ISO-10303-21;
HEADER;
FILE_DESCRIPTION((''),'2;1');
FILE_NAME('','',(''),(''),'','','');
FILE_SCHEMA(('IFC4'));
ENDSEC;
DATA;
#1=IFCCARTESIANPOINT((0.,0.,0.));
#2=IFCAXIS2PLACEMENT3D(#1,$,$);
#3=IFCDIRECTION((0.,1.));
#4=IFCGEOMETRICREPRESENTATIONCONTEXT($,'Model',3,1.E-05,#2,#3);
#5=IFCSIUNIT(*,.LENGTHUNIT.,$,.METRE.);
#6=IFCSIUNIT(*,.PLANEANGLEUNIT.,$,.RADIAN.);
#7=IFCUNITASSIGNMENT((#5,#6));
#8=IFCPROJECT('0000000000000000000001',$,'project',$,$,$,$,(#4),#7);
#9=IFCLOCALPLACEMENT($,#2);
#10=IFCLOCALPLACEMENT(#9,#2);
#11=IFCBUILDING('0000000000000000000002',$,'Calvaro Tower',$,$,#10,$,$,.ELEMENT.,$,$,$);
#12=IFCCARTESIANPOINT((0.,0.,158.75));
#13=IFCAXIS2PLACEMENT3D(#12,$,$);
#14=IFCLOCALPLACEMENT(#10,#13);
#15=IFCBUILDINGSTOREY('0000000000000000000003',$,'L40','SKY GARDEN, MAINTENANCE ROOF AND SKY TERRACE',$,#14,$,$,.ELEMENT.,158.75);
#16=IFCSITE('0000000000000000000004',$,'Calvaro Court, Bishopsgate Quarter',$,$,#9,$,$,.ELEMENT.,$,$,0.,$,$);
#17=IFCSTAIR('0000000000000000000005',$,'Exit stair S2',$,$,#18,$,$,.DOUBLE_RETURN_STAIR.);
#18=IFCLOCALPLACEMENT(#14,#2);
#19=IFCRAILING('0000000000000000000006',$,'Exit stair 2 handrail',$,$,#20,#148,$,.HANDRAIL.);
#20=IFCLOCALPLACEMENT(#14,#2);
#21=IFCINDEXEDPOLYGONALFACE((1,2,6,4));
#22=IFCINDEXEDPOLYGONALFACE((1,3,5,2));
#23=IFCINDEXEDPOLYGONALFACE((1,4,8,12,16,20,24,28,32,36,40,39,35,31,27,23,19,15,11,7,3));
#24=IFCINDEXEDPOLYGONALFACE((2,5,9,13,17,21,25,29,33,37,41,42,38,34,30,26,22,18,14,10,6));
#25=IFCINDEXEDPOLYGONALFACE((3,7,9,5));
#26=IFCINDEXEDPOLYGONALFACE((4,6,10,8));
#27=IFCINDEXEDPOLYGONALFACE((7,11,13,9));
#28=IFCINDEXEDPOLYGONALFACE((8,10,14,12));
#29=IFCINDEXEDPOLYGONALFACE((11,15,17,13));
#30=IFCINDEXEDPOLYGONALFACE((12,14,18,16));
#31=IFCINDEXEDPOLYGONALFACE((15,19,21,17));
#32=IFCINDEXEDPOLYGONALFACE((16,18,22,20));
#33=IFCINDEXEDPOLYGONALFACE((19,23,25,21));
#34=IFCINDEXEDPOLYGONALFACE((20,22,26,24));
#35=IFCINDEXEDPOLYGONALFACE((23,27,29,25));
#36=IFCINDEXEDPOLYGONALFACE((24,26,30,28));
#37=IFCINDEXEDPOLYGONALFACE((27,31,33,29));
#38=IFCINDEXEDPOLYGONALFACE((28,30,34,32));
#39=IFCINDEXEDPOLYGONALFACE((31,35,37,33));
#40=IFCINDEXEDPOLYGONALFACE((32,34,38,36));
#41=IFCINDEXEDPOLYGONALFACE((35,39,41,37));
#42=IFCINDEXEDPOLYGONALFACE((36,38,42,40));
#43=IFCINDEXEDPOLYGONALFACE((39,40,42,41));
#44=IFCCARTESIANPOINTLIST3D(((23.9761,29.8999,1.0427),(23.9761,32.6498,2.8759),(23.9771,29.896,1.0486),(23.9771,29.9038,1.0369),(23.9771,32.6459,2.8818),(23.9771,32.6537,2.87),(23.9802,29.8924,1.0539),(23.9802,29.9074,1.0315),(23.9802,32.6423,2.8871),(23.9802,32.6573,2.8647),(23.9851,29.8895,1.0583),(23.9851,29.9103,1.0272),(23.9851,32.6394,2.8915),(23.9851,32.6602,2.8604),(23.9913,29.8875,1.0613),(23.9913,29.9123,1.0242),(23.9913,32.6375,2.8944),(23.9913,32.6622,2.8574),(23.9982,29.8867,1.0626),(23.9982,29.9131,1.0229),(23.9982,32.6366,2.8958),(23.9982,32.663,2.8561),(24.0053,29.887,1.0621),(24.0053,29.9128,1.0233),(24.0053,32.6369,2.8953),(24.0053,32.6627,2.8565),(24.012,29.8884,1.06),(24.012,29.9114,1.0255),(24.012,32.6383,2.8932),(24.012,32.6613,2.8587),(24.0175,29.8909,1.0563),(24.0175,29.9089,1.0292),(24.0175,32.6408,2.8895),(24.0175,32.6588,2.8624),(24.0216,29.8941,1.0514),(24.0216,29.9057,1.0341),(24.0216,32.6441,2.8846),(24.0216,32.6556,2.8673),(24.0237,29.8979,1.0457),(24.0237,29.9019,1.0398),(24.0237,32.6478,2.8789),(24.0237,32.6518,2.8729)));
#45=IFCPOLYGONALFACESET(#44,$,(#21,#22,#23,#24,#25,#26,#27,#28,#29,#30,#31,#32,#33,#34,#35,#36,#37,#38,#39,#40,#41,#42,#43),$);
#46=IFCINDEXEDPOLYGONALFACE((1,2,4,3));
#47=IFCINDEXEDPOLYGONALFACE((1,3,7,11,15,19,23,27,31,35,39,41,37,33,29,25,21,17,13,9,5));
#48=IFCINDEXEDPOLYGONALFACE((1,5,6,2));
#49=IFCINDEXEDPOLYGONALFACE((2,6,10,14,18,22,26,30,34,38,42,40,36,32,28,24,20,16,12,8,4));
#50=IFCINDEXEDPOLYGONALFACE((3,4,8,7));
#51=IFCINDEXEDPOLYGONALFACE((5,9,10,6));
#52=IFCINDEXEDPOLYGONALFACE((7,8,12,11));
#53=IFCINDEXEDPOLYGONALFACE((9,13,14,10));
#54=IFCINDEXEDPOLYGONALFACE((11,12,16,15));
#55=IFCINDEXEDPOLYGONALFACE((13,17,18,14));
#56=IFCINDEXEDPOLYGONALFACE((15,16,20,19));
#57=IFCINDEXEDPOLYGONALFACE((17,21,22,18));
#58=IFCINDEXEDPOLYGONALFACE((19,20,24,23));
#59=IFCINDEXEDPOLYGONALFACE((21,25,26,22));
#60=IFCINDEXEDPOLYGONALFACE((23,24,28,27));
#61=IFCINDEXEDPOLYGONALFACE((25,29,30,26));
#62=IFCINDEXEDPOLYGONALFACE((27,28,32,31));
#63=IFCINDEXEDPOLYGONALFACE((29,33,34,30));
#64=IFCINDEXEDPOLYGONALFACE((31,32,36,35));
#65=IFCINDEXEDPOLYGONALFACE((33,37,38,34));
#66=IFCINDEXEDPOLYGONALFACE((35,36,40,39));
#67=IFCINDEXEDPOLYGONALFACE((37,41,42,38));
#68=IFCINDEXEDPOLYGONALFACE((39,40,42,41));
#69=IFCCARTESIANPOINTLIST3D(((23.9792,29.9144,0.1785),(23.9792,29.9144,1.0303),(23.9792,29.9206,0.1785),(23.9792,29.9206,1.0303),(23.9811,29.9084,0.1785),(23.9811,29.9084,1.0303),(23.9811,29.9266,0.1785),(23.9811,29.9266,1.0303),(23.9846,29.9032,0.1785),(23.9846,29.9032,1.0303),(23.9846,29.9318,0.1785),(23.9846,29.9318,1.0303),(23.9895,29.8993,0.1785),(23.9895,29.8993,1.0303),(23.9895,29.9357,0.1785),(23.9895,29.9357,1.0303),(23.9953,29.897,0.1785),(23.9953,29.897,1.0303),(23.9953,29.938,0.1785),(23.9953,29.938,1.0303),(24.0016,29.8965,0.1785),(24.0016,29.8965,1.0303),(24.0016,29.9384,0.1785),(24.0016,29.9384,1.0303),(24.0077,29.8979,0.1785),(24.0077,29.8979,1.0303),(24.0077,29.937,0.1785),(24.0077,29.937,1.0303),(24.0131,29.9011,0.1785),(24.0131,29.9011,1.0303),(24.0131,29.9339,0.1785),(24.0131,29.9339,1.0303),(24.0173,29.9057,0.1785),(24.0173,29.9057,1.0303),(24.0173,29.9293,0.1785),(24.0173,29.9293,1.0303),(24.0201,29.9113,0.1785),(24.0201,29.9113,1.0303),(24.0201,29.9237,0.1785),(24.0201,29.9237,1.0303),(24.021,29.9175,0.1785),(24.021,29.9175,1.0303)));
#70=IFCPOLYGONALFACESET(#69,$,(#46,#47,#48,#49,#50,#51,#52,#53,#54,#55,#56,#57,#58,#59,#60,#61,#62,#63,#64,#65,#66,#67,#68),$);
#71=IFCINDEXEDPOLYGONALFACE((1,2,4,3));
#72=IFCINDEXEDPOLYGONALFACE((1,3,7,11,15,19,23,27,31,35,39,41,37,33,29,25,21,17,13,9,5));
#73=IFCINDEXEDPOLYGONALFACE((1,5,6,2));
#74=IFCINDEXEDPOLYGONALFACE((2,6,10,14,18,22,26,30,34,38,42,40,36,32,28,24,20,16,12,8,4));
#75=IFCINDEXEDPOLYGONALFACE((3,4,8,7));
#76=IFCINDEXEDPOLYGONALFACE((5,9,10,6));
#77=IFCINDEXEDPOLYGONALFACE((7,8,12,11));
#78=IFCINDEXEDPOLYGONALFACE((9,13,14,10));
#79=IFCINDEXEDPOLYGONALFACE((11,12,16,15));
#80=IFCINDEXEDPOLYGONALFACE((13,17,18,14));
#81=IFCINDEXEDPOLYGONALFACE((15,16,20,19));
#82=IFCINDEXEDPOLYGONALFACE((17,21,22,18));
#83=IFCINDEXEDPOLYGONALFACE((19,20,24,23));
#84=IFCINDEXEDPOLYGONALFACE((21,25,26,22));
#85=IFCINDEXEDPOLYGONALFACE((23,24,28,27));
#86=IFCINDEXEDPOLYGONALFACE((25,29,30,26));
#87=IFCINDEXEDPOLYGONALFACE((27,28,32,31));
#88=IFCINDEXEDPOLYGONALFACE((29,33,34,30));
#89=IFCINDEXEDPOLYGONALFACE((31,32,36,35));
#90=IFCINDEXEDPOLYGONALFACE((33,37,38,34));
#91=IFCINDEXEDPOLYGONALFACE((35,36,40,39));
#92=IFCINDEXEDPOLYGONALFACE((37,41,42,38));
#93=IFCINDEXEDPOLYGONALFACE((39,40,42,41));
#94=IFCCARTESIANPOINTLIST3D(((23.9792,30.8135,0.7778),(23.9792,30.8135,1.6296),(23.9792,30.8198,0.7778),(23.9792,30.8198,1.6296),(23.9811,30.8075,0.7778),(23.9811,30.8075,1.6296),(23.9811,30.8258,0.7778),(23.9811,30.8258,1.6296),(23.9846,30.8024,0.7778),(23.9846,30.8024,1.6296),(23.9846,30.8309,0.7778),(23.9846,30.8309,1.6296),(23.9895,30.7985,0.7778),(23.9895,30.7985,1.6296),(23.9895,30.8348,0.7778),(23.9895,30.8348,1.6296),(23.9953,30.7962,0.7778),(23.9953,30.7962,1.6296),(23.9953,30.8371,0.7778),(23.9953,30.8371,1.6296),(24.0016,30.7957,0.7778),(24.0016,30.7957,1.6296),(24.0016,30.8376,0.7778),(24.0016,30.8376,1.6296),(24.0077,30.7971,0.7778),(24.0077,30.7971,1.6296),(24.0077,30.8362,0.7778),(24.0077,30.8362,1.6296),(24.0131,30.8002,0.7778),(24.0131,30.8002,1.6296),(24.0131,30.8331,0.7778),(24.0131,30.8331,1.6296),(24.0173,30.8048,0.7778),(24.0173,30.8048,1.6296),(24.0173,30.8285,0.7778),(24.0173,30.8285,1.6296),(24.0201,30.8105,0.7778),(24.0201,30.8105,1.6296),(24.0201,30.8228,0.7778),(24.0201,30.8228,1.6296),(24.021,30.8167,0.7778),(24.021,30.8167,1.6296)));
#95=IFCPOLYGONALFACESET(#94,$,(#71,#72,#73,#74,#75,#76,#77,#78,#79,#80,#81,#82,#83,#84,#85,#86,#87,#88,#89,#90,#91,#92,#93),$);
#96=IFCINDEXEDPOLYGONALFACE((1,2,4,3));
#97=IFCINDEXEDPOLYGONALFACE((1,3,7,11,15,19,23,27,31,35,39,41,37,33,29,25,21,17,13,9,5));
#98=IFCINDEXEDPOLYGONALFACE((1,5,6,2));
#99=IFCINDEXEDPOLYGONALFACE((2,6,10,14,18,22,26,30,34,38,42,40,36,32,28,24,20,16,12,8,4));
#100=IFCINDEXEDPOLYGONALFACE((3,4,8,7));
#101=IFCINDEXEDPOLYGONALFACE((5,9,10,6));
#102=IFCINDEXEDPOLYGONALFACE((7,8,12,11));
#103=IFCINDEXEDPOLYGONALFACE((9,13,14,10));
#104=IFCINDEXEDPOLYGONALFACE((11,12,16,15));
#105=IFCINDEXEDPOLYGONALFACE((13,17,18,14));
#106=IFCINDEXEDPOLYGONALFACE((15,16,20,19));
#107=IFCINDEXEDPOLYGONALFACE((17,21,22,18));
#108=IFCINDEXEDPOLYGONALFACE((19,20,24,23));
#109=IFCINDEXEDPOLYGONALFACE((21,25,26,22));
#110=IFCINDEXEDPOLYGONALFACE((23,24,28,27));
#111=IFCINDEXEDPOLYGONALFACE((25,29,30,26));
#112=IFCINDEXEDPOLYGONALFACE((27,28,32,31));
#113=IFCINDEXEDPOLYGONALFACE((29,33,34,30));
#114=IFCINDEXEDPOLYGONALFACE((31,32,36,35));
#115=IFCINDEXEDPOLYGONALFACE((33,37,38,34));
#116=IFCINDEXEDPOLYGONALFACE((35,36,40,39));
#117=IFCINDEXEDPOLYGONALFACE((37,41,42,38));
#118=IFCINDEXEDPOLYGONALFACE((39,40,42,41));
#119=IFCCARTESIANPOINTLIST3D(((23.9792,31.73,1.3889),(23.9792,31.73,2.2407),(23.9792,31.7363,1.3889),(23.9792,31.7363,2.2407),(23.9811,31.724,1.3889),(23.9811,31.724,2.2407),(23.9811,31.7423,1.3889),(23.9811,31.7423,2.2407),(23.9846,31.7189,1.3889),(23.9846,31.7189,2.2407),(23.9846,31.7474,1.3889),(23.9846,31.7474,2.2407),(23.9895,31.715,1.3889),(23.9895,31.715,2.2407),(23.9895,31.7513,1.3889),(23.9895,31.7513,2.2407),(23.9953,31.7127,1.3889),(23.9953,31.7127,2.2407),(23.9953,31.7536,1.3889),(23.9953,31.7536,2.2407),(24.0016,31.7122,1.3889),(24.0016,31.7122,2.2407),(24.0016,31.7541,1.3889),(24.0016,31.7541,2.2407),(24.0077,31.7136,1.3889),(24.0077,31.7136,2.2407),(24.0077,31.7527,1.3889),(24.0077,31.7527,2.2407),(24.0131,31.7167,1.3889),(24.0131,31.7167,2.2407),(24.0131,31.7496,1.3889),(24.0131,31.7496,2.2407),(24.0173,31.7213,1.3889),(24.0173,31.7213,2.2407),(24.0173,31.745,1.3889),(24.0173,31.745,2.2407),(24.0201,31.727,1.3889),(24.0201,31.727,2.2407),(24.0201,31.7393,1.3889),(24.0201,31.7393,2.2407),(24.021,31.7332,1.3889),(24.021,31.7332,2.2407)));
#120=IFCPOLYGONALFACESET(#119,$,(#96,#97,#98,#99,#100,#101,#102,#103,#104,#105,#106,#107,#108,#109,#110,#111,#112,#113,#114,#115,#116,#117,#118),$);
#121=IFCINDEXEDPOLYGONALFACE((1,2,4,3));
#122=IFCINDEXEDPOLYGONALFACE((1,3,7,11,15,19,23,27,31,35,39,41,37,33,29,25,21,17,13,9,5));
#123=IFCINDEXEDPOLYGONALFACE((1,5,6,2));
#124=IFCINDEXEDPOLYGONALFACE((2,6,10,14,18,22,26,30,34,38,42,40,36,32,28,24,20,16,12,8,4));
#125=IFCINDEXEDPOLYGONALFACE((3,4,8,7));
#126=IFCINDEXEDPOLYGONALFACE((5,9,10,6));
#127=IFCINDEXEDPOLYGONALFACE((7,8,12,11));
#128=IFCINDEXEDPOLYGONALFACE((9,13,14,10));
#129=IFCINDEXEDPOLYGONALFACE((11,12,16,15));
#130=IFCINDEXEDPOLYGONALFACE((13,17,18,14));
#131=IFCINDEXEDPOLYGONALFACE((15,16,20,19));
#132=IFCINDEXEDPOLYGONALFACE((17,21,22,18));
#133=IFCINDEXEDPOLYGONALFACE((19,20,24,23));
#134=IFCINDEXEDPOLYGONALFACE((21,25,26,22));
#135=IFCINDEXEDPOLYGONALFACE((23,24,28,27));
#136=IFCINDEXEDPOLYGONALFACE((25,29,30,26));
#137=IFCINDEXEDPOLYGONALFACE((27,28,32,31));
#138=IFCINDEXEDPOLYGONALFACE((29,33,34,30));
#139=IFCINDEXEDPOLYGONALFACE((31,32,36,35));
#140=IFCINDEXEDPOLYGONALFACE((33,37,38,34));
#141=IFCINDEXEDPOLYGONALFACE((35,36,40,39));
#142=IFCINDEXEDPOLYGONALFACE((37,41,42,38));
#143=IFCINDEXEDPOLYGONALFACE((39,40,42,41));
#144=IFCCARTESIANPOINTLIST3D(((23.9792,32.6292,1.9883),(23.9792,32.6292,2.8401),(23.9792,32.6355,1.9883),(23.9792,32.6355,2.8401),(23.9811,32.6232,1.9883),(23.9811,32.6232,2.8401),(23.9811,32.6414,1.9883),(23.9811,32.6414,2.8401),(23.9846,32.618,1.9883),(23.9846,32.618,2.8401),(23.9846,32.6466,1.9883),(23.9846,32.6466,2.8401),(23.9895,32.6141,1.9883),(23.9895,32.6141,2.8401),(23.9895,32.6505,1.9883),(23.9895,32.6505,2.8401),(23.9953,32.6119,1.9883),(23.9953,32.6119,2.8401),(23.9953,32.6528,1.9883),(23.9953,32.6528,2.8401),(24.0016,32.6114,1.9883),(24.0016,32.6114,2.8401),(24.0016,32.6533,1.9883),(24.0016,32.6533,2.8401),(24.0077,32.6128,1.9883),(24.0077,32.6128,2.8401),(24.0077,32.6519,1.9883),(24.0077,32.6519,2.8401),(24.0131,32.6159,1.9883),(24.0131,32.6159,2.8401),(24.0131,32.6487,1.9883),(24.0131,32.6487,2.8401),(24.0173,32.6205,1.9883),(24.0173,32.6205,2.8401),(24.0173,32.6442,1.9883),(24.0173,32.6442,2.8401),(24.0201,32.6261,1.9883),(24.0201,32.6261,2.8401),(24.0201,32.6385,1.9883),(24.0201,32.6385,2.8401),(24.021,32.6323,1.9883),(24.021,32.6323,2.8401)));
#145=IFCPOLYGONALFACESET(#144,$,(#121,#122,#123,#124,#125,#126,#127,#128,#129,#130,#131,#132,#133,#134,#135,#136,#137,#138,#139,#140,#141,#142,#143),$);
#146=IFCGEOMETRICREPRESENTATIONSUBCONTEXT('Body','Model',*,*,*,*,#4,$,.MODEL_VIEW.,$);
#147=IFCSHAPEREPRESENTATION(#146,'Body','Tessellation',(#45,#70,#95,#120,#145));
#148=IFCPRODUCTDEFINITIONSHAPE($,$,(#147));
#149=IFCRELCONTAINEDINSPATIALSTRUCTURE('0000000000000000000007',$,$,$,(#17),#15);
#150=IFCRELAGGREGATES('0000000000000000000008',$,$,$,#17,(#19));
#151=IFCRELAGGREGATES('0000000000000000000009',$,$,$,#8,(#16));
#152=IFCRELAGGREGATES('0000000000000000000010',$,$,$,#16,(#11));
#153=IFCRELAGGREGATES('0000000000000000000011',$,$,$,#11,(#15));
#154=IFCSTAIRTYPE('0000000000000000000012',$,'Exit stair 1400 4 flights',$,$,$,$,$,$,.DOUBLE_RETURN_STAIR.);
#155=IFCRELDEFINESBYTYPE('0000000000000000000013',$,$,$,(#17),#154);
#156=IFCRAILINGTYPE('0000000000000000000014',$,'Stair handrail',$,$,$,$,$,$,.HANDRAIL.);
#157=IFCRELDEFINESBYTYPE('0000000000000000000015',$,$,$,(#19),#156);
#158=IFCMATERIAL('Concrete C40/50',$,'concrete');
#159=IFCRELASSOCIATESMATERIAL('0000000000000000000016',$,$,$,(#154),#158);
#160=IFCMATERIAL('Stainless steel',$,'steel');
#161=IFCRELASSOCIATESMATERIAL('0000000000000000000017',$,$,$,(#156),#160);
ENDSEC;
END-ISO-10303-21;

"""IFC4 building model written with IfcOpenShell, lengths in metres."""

from ifc_helpers import new_model, si_unit, direction, frame, origin, origin_2d, place, context, subcontext, project, spatial, circle, extrude, material, type_object, element, aggregate, save


model = new_model("IFC4")

# Units and contexts
model_context = context("Model", 3, precision=1e-05, world=origin(), true_north=direction((0.0, 1.0)))
body_context = subcontext(model_context, "Body", "Model", "MODEL_VIEW")
ifc_project = project(units=[si_unit("LENGTHUNIT", "METRE"), si_unit("PLANEANGLEUNIT", "RADIAN")], contexts=[model_context])

# Site, building, storey
site_placement = place(None, origin())
site = spatial("IfcSite", under=ifc_project, at=site_placement, Name="Calvaro Court, Bishopsgate Quarter", CompositionType="ELEMENT", RefElevation=0.0)
building_placement = place(site_placement, origin())
building = spatial("IfcBuilding", under=site, at=building_placement, Name="Calvaro Tower", CompositionType="ELEMENT")
storey_placement = place(building_placement, frame((0.0, 0.0, 158.75)))
storey = spatial("IfcBuildingStorey", under=building, at=storey_placement, Name="L40", Description="SKY GARDEN, MAINTENANCE ROOF AND SKY TERRACE", CompositionType="ELEMENT", Elevation=158.75)

# Stair, railing
ifc_material_1 = material(Name="Concrete C40/50", Category="concrete")
stair_type = type_object("IfcStairType", Name="Exit stair 1400 4 flights", PredefinedType="DOUBLE_RETURN_STAIR", material=ifc_material_1)
stair_placement = place(storey_placement, origin())
stair = element("IfcStair", 1, at=stair_placement, inside=storey, type_object=stair_type, Name="Exit stair S2", PredefinedType="DOUBLE_RETURN_STAIR")
ifc_material_2 = material(Name="Stainless steel", Category="steel")
railing_type = type_object("IfcRailingType", Name="Stair handrail", PredefinedType="HANDRAIL", material=ifc_material_2)
railing_1_placement = place(storey_placement, frame((24.0, 29.8999, 0.1667)))
railing_1 = element("IfcRailing", 2, at=railing_1_placement, type_object=railing_type, Name="Exit stair 2 handrail", PredefinedType="HANDRAIL", context=body_context, shape_type="SweptSolid", body=[
    extrude(circle(Radius=0.0239, at=origin_2d()), frame((0.0, 0.0, 0.876), z_axis=(0.0, 0.832062, 0.554683), x_axis=(-1.0, 0.0, 0.0)), (0.0, 0.0, 1.0), 3.3049),
    extrude(circle(Radius=0.021, at=origin_2d()), frame((0.0, 0.0176, 0.0117)), (0.0, 0.0, 1.0), 0.8518),
    extrude(circle(Radius=0.021, at=origin_2d()), frame((0.0, 0.9167, 0.6111)), (0.0, 0.0, 1.0), 0.8518),
    extrude(circle(Radius=0.021, at=origin_2d()), frame((0.0, 1.8333, 1.2222)), (0.0, 0.0, 1.0), 0.8518),
    extrude(circle(Radius=0.021, at=origin_2d()), frame((0.0, 2.7324, 1.8215)), (0.0, 0.0, 1.0), 0.8518),
])
aggregate(stair, [railing_1])

save(model, "model.ifc")
